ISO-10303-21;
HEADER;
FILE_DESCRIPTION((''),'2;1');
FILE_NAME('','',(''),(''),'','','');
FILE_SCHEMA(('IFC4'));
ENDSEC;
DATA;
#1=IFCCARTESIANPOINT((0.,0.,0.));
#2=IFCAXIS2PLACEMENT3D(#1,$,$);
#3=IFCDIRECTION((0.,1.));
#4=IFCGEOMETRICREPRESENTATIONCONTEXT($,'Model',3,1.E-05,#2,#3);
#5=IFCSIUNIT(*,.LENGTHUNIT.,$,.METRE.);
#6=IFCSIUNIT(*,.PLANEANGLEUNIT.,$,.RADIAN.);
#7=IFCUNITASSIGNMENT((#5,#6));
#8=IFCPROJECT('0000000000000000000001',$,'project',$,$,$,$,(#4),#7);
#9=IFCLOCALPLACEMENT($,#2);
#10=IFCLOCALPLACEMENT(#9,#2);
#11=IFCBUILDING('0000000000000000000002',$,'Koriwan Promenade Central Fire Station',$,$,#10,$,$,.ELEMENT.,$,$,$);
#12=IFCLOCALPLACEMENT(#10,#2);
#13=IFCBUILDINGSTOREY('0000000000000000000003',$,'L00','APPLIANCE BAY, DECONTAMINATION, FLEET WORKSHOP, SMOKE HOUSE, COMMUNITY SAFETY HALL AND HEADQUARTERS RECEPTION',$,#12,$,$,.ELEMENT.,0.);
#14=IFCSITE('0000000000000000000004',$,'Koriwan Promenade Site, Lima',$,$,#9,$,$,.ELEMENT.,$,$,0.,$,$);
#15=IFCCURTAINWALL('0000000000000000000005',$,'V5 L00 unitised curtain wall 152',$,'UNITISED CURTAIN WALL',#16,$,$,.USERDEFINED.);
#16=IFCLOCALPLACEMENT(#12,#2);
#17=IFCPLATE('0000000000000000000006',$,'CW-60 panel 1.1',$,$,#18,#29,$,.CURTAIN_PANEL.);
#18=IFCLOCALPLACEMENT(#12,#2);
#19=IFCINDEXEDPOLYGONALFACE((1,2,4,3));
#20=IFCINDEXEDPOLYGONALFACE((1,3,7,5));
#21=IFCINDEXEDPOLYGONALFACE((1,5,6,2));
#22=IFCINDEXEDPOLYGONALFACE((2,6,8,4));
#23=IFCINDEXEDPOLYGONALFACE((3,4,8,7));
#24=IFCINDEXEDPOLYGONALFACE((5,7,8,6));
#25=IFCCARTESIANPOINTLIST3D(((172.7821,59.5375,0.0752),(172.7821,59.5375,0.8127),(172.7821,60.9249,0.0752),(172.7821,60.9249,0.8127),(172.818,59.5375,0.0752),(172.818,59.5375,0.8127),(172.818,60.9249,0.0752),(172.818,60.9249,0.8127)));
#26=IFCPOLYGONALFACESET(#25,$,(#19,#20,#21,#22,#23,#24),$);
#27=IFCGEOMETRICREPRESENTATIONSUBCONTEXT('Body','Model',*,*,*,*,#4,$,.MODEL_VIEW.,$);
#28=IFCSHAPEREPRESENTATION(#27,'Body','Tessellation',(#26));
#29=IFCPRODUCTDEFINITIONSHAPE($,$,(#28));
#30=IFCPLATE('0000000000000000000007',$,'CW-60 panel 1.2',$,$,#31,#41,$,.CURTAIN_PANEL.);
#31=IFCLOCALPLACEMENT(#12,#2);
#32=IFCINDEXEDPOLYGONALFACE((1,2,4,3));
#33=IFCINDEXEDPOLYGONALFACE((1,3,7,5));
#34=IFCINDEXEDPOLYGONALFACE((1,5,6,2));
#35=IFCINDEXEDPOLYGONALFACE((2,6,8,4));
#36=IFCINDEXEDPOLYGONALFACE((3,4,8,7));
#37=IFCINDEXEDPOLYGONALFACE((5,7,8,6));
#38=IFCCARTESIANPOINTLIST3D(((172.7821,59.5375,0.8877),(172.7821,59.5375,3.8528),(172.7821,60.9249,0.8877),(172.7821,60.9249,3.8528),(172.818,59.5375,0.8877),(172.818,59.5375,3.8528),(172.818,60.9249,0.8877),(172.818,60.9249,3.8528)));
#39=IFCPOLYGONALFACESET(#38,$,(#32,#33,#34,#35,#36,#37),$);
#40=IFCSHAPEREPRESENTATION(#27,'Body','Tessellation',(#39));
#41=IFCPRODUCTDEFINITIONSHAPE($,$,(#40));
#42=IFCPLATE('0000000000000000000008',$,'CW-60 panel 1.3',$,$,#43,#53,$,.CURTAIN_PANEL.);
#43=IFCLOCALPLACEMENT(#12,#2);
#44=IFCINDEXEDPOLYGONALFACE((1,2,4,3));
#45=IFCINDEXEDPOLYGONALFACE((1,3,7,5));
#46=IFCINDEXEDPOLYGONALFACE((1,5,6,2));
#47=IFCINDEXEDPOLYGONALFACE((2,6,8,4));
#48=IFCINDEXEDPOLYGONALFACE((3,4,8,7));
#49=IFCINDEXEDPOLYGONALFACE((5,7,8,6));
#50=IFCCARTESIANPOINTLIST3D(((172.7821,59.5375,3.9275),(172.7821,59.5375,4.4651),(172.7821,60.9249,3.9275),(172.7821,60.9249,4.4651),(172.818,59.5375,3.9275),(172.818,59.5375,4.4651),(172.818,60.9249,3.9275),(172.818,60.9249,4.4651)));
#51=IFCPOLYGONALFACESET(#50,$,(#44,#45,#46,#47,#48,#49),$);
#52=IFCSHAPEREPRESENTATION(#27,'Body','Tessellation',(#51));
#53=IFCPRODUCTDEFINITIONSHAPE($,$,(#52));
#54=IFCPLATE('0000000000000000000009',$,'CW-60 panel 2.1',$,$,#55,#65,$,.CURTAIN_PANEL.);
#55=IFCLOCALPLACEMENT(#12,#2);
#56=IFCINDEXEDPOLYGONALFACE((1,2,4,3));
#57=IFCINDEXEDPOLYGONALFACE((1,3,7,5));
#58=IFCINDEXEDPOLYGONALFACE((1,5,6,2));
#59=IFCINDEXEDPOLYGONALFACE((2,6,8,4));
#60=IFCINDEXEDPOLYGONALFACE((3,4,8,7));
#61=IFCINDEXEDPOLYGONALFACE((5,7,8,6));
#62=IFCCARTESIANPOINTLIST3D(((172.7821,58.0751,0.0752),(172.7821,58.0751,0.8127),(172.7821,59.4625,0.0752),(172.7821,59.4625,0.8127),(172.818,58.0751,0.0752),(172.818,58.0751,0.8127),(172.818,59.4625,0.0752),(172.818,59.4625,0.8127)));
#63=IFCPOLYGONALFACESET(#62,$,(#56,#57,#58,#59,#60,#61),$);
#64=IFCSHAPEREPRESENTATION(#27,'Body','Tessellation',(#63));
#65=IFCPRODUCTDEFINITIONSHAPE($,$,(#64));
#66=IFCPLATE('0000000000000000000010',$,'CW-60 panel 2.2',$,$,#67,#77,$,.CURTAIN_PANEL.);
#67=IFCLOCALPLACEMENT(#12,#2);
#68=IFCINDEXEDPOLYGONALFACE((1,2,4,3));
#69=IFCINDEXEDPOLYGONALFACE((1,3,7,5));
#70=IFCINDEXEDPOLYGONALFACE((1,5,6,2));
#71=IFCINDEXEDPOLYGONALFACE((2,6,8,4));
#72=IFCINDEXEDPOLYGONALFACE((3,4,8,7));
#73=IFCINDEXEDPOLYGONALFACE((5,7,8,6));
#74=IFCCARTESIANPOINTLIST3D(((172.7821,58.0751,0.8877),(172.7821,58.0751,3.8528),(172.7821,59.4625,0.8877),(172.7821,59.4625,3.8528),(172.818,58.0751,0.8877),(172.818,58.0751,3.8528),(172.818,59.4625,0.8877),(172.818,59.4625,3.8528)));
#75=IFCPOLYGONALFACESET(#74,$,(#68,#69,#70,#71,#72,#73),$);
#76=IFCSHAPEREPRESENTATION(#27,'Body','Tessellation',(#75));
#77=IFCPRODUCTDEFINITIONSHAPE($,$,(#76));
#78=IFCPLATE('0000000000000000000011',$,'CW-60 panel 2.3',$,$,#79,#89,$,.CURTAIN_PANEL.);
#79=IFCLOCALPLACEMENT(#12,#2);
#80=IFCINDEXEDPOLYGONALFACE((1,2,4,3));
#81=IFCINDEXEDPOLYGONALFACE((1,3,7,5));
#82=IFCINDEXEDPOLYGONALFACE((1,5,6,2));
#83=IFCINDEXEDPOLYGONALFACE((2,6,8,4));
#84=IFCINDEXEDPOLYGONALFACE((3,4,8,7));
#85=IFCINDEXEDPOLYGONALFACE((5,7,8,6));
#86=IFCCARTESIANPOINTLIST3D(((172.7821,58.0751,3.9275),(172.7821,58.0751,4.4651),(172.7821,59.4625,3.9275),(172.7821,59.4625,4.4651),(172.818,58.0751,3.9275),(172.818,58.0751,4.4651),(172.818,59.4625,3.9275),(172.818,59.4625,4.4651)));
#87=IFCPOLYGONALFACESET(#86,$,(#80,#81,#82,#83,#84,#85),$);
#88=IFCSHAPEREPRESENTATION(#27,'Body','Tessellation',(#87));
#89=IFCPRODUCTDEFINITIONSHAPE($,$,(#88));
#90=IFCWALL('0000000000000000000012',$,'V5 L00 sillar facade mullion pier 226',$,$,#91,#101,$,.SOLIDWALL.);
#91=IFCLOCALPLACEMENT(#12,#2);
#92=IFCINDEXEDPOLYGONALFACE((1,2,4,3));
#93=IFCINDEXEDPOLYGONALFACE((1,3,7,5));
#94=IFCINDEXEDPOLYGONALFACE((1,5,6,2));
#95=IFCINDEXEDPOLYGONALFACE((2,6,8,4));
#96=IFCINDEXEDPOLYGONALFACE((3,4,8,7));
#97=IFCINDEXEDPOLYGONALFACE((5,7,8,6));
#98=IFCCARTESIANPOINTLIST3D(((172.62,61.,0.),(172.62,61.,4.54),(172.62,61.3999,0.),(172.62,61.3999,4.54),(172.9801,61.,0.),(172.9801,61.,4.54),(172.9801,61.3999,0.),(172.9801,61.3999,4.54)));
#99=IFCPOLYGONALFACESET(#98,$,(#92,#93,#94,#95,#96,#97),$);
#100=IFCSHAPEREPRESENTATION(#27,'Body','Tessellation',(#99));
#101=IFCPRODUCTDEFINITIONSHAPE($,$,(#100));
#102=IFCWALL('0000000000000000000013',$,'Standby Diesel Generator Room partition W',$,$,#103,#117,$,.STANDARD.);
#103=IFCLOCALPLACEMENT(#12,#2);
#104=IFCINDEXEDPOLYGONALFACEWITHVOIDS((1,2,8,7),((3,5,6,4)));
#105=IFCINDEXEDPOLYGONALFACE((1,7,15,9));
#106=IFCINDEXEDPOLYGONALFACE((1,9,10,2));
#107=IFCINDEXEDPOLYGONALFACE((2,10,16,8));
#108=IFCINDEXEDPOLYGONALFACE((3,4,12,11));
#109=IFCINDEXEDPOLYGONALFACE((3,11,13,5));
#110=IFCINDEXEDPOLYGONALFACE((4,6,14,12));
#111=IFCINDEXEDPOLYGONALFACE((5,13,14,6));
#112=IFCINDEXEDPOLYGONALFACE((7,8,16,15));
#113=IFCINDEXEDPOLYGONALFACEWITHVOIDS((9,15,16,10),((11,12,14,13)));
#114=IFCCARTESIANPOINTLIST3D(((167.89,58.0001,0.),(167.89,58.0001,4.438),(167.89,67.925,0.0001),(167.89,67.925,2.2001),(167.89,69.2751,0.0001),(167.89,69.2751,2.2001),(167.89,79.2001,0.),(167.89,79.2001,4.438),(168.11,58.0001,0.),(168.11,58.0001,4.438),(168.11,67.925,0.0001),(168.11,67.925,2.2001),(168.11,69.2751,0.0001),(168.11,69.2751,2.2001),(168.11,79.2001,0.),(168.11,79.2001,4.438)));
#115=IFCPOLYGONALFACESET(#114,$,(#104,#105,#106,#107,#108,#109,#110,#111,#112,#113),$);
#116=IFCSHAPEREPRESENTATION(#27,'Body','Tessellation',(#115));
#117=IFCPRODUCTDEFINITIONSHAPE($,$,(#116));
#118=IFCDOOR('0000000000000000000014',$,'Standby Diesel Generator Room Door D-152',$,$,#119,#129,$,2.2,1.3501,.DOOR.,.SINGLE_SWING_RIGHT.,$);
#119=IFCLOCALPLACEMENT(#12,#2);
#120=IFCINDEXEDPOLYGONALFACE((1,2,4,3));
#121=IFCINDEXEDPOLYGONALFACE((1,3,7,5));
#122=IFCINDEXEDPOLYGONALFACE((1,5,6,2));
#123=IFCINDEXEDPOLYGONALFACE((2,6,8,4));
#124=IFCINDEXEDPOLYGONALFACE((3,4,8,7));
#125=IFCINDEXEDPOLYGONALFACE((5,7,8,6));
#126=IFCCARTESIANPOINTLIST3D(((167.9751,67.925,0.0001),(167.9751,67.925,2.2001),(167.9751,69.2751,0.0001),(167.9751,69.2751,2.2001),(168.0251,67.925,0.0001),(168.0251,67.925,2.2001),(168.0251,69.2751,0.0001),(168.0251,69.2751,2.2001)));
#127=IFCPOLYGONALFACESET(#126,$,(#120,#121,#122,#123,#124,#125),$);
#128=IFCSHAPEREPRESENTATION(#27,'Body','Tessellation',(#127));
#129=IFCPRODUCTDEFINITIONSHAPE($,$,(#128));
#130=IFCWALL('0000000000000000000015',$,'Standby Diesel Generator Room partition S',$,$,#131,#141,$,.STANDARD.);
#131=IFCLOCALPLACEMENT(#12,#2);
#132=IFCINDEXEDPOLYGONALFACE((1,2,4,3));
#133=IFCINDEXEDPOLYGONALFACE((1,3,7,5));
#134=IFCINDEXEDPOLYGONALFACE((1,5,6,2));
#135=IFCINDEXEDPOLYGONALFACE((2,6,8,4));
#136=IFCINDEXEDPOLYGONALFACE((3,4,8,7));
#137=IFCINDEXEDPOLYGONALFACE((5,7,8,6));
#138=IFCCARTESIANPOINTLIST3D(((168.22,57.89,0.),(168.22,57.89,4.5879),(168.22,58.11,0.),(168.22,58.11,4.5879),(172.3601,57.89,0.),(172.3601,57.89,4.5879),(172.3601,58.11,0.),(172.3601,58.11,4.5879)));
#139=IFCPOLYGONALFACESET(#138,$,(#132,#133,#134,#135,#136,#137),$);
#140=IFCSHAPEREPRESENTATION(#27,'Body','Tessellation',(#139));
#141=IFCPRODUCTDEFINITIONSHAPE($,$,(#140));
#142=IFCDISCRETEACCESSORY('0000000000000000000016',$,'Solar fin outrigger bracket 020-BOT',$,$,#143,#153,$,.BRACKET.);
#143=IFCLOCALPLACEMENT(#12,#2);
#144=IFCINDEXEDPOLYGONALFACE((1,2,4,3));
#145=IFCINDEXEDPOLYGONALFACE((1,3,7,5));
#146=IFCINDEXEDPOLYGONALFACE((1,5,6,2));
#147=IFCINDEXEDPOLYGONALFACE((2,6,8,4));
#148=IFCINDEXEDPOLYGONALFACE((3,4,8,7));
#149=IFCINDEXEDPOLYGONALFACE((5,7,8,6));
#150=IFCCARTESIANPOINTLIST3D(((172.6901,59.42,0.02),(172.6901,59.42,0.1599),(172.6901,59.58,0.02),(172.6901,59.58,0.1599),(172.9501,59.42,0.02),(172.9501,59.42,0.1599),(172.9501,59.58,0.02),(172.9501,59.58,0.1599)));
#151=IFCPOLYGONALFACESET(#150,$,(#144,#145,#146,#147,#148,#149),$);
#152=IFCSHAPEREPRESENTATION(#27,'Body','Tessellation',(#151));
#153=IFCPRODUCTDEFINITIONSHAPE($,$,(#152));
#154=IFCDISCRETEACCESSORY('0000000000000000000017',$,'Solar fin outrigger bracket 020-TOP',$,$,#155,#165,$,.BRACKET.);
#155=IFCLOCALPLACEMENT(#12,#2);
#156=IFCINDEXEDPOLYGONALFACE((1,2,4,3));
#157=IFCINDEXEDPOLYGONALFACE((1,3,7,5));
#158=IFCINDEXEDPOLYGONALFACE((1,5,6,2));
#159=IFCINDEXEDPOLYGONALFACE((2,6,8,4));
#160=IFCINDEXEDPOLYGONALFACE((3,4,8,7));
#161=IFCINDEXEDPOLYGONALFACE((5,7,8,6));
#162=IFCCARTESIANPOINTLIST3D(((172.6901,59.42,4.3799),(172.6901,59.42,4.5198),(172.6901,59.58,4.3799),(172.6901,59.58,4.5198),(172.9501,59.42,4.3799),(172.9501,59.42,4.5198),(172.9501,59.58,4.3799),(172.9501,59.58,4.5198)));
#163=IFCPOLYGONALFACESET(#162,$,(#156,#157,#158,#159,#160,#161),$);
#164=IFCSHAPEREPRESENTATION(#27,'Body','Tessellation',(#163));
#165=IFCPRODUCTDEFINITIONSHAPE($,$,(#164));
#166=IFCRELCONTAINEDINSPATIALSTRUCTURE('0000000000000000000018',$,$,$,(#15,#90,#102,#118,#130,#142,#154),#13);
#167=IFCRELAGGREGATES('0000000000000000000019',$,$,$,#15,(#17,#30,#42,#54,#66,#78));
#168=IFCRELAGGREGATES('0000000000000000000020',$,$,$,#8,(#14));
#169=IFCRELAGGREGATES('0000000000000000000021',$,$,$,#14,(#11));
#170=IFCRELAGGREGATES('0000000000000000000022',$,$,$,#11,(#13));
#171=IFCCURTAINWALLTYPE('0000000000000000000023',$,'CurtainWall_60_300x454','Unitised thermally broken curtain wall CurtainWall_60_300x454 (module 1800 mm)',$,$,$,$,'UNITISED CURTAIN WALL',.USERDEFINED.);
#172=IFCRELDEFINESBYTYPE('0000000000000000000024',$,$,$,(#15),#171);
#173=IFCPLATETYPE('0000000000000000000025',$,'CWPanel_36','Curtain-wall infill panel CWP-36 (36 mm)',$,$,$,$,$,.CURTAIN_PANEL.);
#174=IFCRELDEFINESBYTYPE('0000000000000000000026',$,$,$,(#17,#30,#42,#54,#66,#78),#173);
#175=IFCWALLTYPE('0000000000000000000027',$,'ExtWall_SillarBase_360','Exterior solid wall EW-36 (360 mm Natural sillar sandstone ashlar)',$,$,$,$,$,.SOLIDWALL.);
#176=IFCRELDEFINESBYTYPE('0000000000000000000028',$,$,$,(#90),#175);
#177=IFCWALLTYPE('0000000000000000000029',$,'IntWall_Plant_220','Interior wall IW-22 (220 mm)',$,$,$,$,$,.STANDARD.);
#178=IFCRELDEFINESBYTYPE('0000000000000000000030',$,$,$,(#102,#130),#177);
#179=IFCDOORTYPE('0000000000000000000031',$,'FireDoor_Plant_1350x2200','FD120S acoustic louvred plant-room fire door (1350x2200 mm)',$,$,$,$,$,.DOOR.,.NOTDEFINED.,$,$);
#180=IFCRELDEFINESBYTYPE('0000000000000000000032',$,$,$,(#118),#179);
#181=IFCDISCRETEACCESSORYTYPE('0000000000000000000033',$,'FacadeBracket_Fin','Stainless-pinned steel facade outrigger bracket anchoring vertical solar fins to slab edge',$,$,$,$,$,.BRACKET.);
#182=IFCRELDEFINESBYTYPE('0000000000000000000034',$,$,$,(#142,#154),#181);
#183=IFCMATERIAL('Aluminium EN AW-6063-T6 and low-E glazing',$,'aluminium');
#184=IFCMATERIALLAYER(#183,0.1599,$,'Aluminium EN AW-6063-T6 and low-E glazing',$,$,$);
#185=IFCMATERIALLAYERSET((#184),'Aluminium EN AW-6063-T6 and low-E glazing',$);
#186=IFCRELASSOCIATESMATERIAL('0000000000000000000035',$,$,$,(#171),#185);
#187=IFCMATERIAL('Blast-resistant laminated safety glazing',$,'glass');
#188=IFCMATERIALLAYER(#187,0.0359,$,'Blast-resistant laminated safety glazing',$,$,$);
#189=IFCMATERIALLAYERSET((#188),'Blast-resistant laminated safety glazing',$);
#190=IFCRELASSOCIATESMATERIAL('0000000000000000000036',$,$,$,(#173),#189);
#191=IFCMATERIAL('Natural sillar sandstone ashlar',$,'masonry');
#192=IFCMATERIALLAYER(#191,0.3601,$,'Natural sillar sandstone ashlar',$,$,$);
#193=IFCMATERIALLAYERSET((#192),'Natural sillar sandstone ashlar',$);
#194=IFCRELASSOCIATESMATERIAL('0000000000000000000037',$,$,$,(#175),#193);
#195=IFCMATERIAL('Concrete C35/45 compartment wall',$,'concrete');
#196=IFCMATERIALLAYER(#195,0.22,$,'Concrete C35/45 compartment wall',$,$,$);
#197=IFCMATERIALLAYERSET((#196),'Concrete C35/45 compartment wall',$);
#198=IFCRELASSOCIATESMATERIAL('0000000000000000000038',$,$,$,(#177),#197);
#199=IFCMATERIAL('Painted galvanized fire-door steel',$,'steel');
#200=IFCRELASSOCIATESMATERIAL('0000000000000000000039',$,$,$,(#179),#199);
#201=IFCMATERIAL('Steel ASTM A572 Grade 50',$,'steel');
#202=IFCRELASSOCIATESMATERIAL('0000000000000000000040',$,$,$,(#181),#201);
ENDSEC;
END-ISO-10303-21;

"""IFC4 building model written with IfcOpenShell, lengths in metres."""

from ifc_helpers import new_model, si_unit, direction, frame, frame_2d, origin, origin_2d, place, context, subcontext, project, spatial, rectangle, extrude, material, layer, layer_set, type_object, element, fill, aggregate, save


model = new_model("IFC4")

# Units and contexts
model_context = context("Model", 3, precision=1e-05, world=origin(), true_north=direction((0.0, 1.0)))
body_context = subcontext(model_context, "Body", "Model", "MODEL_VIEW")
ifc_project = project(units=[si_unit("LENGTHUNIT", "METRE"), si_unit("PLANEANGLEUNIT", "RADIAN")], contexts=[model_context])

# Site, building, storey
site_placement = place(None, origin())
site = spatial("IfcSite", under=ifc_project, at=site_placement, Name="Koriwan Promenade Site, Lima", CompositionType="ELEMENT", RefElevation=0.0)
building_placement = place(site_placement, origin())
building = spatial("IfcBuilding", under=site, at=building_placement, Name="Koriwan Promenade Central Fire Station", CompositionType="ELEMENT")
storey_placement = place(building_placement, origin())
storey = spatial("IfcBuildingStorey", under=building, at=storey_placement, Name="L00", Description="APPLIANCE BAY, DECONTAMINATION, FLEET WORKSHOP, SMOKE HOUSE, COMMUNITY SAFETY HALL AND HEADQUARTERS RECEPTION", CompositionType="ELEMENT", Elevation=0.0)

# Shared definitions
ifc_material_1 = material(Name="Aluminium EN AW-6063-T6 and low-E glazing", Category="aluminium")

# Curtain wall
ifc_layer_1 = layer(ifc_material_1, 0.1599, Name="Aluminium EN AW-6063-T6 and low-E glazing")
ifc_layer_set_1 = layer_set([ifc_layer_1], Name="Aluminium EN AW-6063-T6 and low-E glazing")
curtain_wall_type_1 = type_object("IfcCurtainWallType", Name="CurtainWall_60_300x454", Description="Unitised thermally broken curtain wall CurtainWall_60_300x454 (module 1800 mm)", ElementType="UNITISED CURTAIN WALL", PredefinedType="USERDEFINED", material=ifc_layer_set_1)
curtain_wall_1_placement = place(storey_placement, origin())
curtain_wall_1 = element("IfcCurtainWall", 1, at=curtain_wall_1_placement, inside=storey, type_object=curtain_wall_type_1, Name="V5 L00 unitised curtain wall 152", ObjectType="UNITISED CURTAIN WALL", PredefinedType="USERDEFINED")

# Plates
ifc_material_2 = material(Name="Blast-resistant laminated safety glazing", Category="glass")
ifc_layer_2 = layer(ifc_material_2, 0.0359, Name="Blast-resistant laminated safety glazing")
ifc_layer_set_2 = layer_set([ifc_layer_2], Name="Blast-resistant laminated safety glazing")
plate_type = type_object("IfcPlateType", Name="CWPanel_36", Description="Curtain-wall infill panel CWP-36 (36 mm)", PredefinedType="CURTAIN_PANEL", material=ifc_layer_set_2)
plate_1_placement = place(storey_placement, frame((172.8, 60.2312, 0.0752), z_axis=(0.0, 0.0, 1.0), x_axis=(0.0, -1.0, 0.0)))
plate_1 = element("IfcPlate", 2, at=plate_1_placement, type_object=plate_type, Name="CW-60 panel 1.1", PredefinedType="CURTAIN_PANEL", context=body_context, shape_type="SweptSolid", body=[
    extrude(rectangle(XDim=1.3875, YDim=0.0359, at=origin_2d()), origin(), (0.0, 0.0, 1.0), 0.7375),
])
plate_2_placement = place(storey_placement, frame((172.8, 60.2312, 0.8877), z_axis=(0.0, 0.0, 1.0), x_axis=(0.0, -1.0, 0.0)))
plate_2 = element("IfcPlate", 3, at=plate_2_placement, type_object=plate_type, Name="CW-60 panel 1.2", PredefinedType="CURTAIN_PANEL", context=body_context, shape_type="SweptSolid", body=[
    extrude(rectangle(XDim=1.3875, YDim=0.0359, at=origin_2d()), origin(), (0.0, 0.0, 1.0), 2.9651),
])
plate_3_placement = place(storey_placement, frame((172.8, 60.2312, 3.9275), z_axis=(0.0, 0.0, 1.0), x_axis=(0.0, -1.0, 0.0)))
plate_3 = element("IfcPlate", 4, at=plate_3_placement, type_object=plate_type, Name="CW-60 panel 1.3", PredefinedType="CURTAIN_PANEL", context=body_context, shape_type="SweptSolid", body=[
    extrude(rectangle(XDim=1.3875, YDim=0.0359, at=origin_2d()), origin(), (0.0, 0.0, 1.0), 0.5376),
])
plate_4_placement = place(storey_placement, frame((172.8, 58.7688, 0.0752), z_axis=(0.0, 0.0, 1.0), x_axis=(0.0, -1.0, 0.0)))
plate_4 = element("IfcPlate", 5, at=plate_4_placement, type_object=plate_type, Name="CW-60 panel 2.1", PredefinedType="CURTAIN_PANEL", context=body_context, shape_type="SweptSolid", body=[
    extrude(rectangle(XDim=1.3875, YDim=0.0359, at=origin_2d()), origin(), (0.0, 0.0, 1.0), 0.7375),
])
plate_5_placement = place(storey_placement, frame((172.8, 58.7688, 0.8877), z_axis=(0.0, 0.0, 1.0), x_axis=(0.0, -1.0, 0.0)))
plate_5 = element("IfcPlate", 6, at=plate_5_placement, type_object=plate_type, Name="CW-60 panel 2.2", PredefinedType="CURTAIN_PANEL", context=body_context, shape_type="SweptSolid", body=[
    extrude(rectangle(XDim=1.3875, YDim=0.0359, at=origin_2d()), origin(), (0.0, 0.0, 1.0), 2.9651),
])
plate_6_placement = place(storey_placement, frame((172.8, 58.7688, 3.9275), z_axis=(0.0, 0.0, 1.0), x_axis=(0.0, -1.0, 0.0)))
plate_6 = element("IfcPlate", 7, at=plate_6_placement, type_object=plate_type, Name="CW-60 panel 2.3", PredefinedType="CURTAIN_PANEL", context=body_context, shape_type="SweptSolid", body=[
    extrude(rectangle(XDim=1.3875, YDim=0.0359, at=origin_2d()), origin(), (0.0, 0.0, 1.0), 0.5376),
])
aggregate(curtain_wall_1, [plate_1, plate_2, plate_3, plate_4, plate_5, plate_6])

# Wall
ifc_material_3 = material(Name="Natural sillar sandstone ashlar", Category="masonry")
ifc_layer_3 = layer(ifc_material_3, 0.3601, Name="Natural sillar sandstone ashlar")
ifc_layer_set_3 = layer_set([ifc_layer_3], Name="Natural sillar sandstone ashlar")
wall_type_1 = type_object("IfcWallType", Name="ExtWall_SillarBase_360", Description="Exterior solid wall EW-36 (360 mm Natural sillar sandstone ashlar)", PredefinedType="SOLIDWALL", material=ifc_layer_set_3)
wall_1_placement = place(storey_placement, frame((172.8, 61.3999, 0.0), z_axis=(0.0, 0.0, 1.0), x_axis=(0.0, -1.0, 0.0)))
element("IfcWall", 8, at=wall_1_placement, inside=storey, type_object=wall_type_1, Name="V5 L00 sillar facade mullion pier 226", PredefinedType="SOLIDWALL", context=body_context, shape_type="SweptSolid", body=[
    extrude(rectangle(XDim=0.3999, YDim=0.3601, at=frame_2d((0.2, 0.0))), origin(), (0.0, 0.0, 1.0), 4.54),
])

# Wall, opening, door
ifc_material_4 = material(Name="Concrete C35/45 compartment wall", Category="concrete")
ifc_layer_4 = layer(ifc_material_4, 0.22, Name="Concrete C35/45 compartment wall")
ifc_layer_set_4 = layer_set([ifc_layer_4], Name="Concrete C35/45 compartment wall")
wall_type_2 = type_object("IfcWallType", Name="IntWall_Plant_220", Description="Interior wall IW-22 (220 mm)", PredefinedType="STANDARD", material=ifc_layer_set_4)
wall_2_placement = place(storey_placement, frame((168.0, 58.0, 0.0), z_axis=(0.0, 0.0, 1.0), x_axis=(0.0, 1.0, 0.0)))
wall_2 = element("IfcWall", 9, at=wall_2_placement, inside=storey, type_object=wall_type_2, Name="Standby Diesel Generator Room partition W", PredefinedType="STANDARD", context=body_context, shape_type="SweptSolid", body=[
    extrude(rectangle(XDim=21.2, YDim=0.22, at=frame_2d((10.6001, 0.0))), origin(), (0.0, 0.0, 1.0), 4.438),
])
opening_placement = place(wall_2_placement, frame((9.925, 0.0, 0.0)))
opening = element("IfcOpeningElement", 10, at=opening_placement, cuts=wall_2, PredefinedType="OPENING", context=body_context, shape_type="SweptSolid", body=[
    extrude(rectangle(XDim=1.3501, YDim=2.2, at=frame_2d((0.675, 1.1001))), frame((0.0, 0.1221, 0.0), z_axis=(0.0, -1.0, 0.0), x_axis=(1.0, 0.0, 0.0)), (0.0, 0.0, 1.0), 0.2439),
])
ifc_material_5 = material(Name="Painted galvanized fire-door steel", Category="steel")
door_type = type_object("IfcDoorType", Name="FireDoor_Plant_1350x2200", Description="FD120S acoustic louvred plant-room fire door (1350x2200 mm)", OperationType="NOTDEFINED", PredefinedType="DOOR", material=ifc_material_5)
door_placement = place(opening_placement, origin())
door = element("IfcDoor", 11, at=door_placement, inside=storey, type_object=door_type, Name="Standby Diesel Generator Room Door D-152", OperationType="SINGLE_SWING_RIGHT", OverallHeight=2.2, OverallWidth=1.3501, PredefinedType="DOOR", context=body_context, shape_type="SweptSolid", body=[
    extrude(rectangle(XDim=1.3501, YDim=2.2, at=frame_2d((0.675, 1.1001))), frame((0.0, 0.0249, 0.0), z_axis=(0.0, -1.0, 0.0), x_axis=(1.0, 0.0, 0.0)), (0.0, 0.0, 1.0), 0.05),
])
fill(opening, door)

# Wall
wall_3_placement = place(storey_placement, frame((168.22, 58.0, 0.0), z_axis=(0.0, 0.0, 1.0), x_axis=(1.0, 0.0, 0.0)))
element("IfcWall", 12, at=wall_3_placement, inside=storey, type_object=wall_type_2, Name="Standby Diesel Generator Room partition S", PredefinedType="STANDARD", context=body_context, shape_type="SweptSolid", body=[
    extrude(rectangle(XDim=4.1401, YDim=0.22, at=frame_2d((2.0701, 0.0))), origin(), (0.0, 0.0, 1.0), 4.5879),
])

# Discrete accessories
ifc_material_6 = material(Name="Steel ASTM A572 Grade 50", Category="steel")
discrete_accessory_type = type_object("IfcDiscreteAccessoryType", Name="FacadeBracket_Fin", Description="Stainless-pinned steel facade outrigger bracket anchoring vertical solar fins to slab edge", PredefinedType="BRACKET", material=ifc_material_6)
for number, where, z_axis, x_axis, name in (
    (13, (172.8201, 59.5, 0.02), (0.0, 0.0, 1.0), (1.0, 0.0, 0.0), "Solar fin outrigger bracket 020-BOT"),
    (14, (172.8201, 59.5, 4.3799), (0.0, 0.0, 1.0), (1.0, 0.0, 0.0), "Solar fin outrigger bracket 020-TOP"),
):
    element("IfcDiscreteAccessory", number, at=place(storey_placement, frame(where, z_axis=z_axis, x_axis=x_axis)), inside=storey, type_object=discrete_accessory_type, Name=name, PredefinedType="BRACKET", context=body_context, shape_type="SweptSolid", body=[
        extrude(rectangle(XDim=0.26, YDim=0.1599, at=origin_2d()), origin(), (0.0, 0.0, 1.0), 0.1399),
    ])

save(model, "model.ifc")
